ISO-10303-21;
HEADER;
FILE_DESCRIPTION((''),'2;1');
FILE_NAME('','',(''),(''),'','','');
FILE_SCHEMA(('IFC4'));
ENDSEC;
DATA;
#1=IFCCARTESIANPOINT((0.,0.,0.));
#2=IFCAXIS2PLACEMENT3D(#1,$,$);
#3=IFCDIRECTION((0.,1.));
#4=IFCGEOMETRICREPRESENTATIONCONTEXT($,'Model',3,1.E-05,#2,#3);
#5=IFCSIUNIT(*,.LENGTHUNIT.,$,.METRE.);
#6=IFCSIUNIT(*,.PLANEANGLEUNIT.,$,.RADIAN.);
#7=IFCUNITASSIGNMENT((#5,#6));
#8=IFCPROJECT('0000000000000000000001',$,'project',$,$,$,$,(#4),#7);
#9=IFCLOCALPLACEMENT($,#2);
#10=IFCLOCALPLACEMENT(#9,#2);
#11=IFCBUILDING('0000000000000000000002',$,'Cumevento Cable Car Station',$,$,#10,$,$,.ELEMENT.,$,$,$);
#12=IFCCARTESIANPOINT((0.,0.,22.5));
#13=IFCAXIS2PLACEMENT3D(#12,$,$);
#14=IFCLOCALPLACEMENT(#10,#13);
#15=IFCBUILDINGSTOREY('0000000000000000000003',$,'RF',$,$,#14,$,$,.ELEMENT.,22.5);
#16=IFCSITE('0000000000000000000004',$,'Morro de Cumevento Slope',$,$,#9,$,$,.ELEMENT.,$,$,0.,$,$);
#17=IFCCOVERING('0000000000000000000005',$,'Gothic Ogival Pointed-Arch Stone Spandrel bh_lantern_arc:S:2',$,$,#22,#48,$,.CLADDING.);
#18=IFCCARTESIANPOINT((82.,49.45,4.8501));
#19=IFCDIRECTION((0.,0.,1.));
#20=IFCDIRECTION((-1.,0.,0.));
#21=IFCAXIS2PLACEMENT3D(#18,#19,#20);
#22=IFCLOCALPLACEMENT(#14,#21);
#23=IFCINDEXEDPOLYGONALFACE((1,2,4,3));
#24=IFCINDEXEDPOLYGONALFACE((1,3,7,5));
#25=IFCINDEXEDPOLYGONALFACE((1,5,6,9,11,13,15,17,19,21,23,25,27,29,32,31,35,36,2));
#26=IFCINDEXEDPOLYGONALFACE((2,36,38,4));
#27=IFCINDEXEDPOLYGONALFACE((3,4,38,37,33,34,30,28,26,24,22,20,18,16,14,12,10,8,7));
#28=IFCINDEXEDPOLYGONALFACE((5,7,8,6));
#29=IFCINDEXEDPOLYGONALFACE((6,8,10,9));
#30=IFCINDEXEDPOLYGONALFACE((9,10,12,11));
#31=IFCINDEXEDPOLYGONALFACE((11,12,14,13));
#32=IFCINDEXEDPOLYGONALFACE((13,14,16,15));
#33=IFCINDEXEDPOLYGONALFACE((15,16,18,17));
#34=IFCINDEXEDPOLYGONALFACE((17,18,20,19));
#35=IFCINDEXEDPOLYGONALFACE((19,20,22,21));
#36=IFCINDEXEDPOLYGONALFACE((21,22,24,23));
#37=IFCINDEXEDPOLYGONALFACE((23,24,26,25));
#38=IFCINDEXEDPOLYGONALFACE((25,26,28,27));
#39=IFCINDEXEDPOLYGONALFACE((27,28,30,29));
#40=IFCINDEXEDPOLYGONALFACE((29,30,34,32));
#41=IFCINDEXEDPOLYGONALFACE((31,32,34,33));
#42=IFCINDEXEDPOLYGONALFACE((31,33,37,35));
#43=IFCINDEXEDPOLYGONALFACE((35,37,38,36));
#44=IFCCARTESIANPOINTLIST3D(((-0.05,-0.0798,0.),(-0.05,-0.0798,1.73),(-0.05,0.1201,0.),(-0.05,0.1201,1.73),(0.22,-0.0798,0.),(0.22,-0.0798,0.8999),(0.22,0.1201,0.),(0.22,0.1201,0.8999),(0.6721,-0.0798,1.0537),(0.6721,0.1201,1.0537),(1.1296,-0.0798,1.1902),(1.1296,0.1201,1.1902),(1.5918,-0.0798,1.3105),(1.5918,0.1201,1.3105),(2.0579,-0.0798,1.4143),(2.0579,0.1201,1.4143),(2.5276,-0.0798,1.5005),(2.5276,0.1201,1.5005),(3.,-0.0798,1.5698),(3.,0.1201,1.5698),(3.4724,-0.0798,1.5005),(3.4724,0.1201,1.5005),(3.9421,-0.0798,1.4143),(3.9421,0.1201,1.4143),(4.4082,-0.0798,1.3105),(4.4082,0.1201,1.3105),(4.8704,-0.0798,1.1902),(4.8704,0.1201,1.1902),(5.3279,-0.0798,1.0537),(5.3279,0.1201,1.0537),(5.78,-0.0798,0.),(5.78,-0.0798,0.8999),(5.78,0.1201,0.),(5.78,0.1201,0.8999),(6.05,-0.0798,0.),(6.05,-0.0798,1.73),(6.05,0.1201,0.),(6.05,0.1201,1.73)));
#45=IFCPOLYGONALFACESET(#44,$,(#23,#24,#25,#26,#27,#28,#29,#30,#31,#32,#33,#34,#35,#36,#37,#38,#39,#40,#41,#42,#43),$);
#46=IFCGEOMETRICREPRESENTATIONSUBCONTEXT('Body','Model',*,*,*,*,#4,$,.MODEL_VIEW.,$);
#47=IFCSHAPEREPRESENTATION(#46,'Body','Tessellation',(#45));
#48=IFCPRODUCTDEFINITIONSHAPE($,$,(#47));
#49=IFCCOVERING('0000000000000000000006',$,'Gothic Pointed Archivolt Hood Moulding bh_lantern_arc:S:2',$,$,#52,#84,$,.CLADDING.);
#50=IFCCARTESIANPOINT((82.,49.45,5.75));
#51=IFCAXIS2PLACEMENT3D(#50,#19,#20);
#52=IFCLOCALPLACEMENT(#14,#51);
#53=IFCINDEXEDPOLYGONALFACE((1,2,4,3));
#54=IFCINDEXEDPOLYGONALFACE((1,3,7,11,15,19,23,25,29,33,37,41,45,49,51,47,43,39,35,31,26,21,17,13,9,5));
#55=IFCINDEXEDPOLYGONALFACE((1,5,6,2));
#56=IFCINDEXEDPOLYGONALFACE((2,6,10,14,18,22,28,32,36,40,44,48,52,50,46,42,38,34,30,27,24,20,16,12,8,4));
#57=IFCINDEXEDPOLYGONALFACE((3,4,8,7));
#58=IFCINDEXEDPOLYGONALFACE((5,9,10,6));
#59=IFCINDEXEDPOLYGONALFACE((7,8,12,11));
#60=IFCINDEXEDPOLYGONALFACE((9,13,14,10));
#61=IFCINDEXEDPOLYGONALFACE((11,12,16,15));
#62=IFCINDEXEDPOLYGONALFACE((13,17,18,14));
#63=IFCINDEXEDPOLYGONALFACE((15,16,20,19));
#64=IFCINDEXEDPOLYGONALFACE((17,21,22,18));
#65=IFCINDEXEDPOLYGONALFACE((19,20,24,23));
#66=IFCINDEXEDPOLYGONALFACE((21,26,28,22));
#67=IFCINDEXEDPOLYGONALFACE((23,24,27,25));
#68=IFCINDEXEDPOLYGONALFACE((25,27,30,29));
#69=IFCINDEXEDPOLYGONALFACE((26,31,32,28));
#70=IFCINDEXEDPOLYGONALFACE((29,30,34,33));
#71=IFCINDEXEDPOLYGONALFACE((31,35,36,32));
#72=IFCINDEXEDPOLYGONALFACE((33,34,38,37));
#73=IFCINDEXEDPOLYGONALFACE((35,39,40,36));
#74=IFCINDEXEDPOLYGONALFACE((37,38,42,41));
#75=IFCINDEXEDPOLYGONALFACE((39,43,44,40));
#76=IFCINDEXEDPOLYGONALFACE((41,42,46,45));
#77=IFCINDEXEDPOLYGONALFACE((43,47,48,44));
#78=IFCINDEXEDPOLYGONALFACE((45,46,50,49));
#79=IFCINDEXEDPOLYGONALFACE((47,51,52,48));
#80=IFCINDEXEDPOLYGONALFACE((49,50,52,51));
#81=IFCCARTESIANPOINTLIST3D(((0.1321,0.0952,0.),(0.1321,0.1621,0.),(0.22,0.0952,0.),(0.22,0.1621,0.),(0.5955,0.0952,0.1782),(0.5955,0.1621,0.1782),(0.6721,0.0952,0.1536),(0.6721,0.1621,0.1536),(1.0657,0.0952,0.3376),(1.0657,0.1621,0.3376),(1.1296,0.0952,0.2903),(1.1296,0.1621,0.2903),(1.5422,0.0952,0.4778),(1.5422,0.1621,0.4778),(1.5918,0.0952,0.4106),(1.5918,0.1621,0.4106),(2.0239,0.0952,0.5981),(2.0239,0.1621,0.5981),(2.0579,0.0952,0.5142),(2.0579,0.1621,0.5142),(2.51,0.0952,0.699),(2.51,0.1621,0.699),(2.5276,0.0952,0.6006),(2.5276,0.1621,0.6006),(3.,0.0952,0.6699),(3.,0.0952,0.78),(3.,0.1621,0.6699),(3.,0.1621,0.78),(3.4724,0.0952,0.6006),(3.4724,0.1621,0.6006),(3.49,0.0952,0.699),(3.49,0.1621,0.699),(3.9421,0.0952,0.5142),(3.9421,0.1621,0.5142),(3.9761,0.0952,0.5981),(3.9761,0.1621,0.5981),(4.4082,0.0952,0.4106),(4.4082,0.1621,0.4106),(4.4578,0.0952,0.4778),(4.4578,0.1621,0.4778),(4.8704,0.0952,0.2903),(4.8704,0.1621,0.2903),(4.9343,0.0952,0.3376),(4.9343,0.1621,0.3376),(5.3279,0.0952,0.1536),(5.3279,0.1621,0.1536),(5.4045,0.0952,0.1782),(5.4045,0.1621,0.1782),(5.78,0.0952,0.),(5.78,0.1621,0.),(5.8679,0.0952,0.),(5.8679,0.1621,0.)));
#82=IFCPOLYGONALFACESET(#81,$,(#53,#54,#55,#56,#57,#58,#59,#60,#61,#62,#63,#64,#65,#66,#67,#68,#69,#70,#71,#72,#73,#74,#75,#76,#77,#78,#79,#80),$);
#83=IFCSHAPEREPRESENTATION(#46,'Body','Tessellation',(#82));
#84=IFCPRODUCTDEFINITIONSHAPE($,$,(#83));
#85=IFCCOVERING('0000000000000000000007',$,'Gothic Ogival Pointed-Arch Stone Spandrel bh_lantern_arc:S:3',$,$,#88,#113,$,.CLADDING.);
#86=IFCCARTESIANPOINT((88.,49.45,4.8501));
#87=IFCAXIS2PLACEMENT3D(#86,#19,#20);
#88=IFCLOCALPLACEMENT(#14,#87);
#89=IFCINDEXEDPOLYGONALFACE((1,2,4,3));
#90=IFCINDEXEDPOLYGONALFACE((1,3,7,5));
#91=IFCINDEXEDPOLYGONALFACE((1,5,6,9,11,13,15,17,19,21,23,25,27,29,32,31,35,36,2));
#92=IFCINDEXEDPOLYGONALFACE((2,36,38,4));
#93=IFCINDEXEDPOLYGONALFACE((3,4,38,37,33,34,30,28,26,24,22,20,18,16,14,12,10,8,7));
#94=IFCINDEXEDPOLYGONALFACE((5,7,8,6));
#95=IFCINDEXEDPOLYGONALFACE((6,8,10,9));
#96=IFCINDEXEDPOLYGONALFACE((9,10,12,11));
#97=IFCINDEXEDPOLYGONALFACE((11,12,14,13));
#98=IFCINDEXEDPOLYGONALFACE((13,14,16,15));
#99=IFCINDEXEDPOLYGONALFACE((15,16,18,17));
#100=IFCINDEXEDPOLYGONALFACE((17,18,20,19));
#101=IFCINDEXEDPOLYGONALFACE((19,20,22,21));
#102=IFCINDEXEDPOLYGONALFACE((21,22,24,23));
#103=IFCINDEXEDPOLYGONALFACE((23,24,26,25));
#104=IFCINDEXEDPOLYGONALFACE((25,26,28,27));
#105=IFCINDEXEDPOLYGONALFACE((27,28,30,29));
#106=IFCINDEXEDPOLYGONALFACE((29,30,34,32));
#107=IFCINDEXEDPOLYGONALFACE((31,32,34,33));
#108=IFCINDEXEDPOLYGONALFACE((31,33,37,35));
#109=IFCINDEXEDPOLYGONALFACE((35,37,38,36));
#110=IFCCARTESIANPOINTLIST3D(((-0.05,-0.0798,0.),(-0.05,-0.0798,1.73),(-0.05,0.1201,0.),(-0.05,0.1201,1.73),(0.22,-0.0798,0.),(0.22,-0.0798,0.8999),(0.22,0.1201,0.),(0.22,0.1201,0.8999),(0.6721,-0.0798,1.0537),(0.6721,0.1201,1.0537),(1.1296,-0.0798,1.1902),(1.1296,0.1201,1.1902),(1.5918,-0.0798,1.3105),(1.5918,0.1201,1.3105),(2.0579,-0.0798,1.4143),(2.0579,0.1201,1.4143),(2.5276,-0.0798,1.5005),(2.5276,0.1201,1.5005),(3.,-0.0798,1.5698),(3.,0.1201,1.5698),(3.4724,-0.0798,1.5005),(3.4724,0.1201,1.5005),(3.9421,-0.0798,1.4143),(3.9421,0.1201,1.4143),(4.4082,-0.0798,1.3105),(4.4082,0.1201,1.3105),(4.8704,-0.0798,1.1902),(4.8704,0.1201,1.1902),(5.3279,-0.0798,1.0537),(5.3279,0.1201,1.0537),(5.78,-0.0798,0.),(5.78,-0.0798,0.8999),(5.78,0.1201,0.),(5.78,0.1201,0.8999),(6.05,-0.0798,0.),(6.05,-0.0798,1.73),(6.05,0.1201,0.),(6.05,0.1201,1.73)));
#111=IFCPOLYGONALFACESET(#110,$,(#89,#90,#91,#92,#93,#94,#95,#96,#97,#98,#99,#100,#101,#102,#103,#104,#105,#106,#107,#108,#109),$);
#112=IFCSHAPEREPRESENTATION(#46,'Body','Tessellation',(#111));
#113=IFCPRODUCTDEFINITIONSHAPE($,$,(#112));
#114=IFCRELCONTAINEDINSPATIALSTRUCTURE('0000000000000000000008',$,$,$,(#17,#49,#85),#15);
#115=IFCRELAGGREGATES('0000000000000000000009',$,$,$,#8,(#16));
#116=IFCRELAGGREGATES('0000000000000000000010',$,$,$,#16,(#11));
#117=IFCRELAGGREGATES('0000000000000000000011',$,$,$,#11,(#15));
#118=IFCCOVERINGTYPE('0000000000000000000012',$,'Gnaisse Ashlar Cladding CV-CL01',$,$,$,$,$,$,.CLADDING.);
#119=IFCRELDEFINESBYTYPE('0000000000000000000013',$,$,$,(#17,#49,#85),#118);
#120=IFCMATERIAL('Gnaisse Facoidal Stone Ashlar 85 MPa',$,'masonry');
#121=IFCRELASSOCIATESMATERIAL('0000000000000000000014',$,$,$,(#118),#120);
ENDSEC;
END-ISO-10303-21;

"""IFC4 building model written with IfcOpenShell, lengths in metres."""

from ifc_helpers import new_model, si_unit, direction, frame, origin, place, context, subcontext, project, spatial, polyline, outline, extrude, material, type_object, element, save


model = new_model("IFC4")

# Units and contexts
model_context = context("Model", 3, precision=1e-05, world=origin(), true_north=direction((0.0, 1.0)))
body_context = subcontext(model_context, "Body", "Model", "MODEL_VIEW")
ifc_project = project(units=[si_unit("LENGTHUNIT", "METRE"), si_unit("PLANEANGLEUNIT", "RADIAN")], contexts=[model_context])

# Site, building, storey
site_placement = place(None, origin())
site = spatial("IfcSite", under=ifc_project, at=site_placement, Name="Morro de Cumevento Slope", CompositionType="ELEMENT", RefElevation=0.0)
building_placement = place(site_placement, origin())
building = spatial("IfcBuilding", under=site, at=building_placement, Name="Cumevento Cable Car Station", CompositionType="ELEMENT")
storey_placement = place(building_placement, frame((0.0, 0.0, 22.5)))
storey = spatial("IfcBuildingStorey", under=building, at=storey_placement, Name="RF", CompositionType="ELEMENT", Elevation=22.5)

# Coverings
ifc_material_1 = material(Name="Gnaisse Facoidal Stone Ashlar 85 MPa", Category="masonry")
covering_type_1 = type_object("IfcCoveringType", Name="Gnaisse Ashlar Cladding CV-CL01", PredefinedType="CLADDING", material=ifc_material_1)
covering_1_placement = place(storey_placement, frame((82.0, 49.45, 4.8501), z_axis=(0.0, 0.0, 1.0), x_axis=(-1.0, 0.0, 0.0)))
element("IfcCovering", 1, at=covering_1_placement, inside=storey, type_object=covering_type_1, Name="Gothic Ogival Pointed-Arch Stone Spandrel bh_lantern_arc:S:2", PredefinedType="CLADDING", context=body_context, shape_type="SweptSolid", body=[
    extrude(outline(polyline([(-0.05, 0.0), (-0.05, 1.73), (6.05, 1.73), (6.05, 0.0), (5.78, 0.0), (5.78, 0.8999), (5.3279, 1.0537), (4.8704, 1.1902), (4.4082, 1.3105), (3.9421, 1.4143), (3.4724, 1.5005), (3.0, 1.5698), (2.5276, 1.5005), (2.0579, 1.4143), (1.5918, 1.3105), (1.1296, 1.1902), (0.6721, 1.0537), (0.22, 0.8999), (0.22, 0.0), (-0.05, 0.0)])), frame((0.0, 0.1201, 0.0), z_axis=(0.0, -1.0, 0.0), x_axis=(1.0, 0.0, 0.0)), (0.0, 0.0, 1.0), 0.2),
])
covering_2_placement = place(storey_placement, frame((82.0, 49.45, 5.75), z_axis=(0.0, 0.0, 1.0), x_axis=(-1.0, 0.0, 0.0)))
element("IfcCovering", 2, at=covering_2_placement, inside=storey, type_object=covering_type_1, Name="Gothic Pointed Archivolt Hood Moulding bh_lantern_arc:S:2", PredefinedType="CLADDING", context=body_context, shape_type="SweptSolid", body=[
    extrude(outline(polyline([(0.22, 0.0), (0.6721, 0.1536), (1.1296, 0.2903), (1.5918, 0.4106), (2.0579, 0.5142), (2.5276, 0.6006), (3.0, 0.6699), (3.4724, 0.6006), (3.9421, 0.5142), (4.4082, 0.4106), (4.8704, 0.2903), (5.3279, 0.1536), (5.78, 0.0), (5.8679, 0.0), (5.4045, 0.1782), (4.9343, 0.3376), (4.4578, 0.4778), (3.9761, 0.5981), (3.49, 0.699), (3.0, 0.78), (2.51, 0.699), (2.0239, 0.5981), (1.5422, 0.4778), (1.0657, 0.3376), (0.5955, 0.1782), (0.1321, 0.0), (0.22, 0.0)])), frame((0.0, 0.1621, 0.0), z_axis=(0.0, -1.0, 0.0), x_axis=(1.0, 0.0, 0.0)), (0.0, 0.0, 1.0), 0.0669),
])
covering_3_placement = place(storey_placement, frame((88.0, 49.45, 4.8501), z_axis=(0.0, 0.0, 1.0), x_axis=(-1.0, 0.0, 0.0)))
element("IfcCovering", 3, at=covering_3_placement, inside=storey, type_object=covering_type_1, Name="Gothic Ogival Pointed-Arch Stone Spandrel bh_lantern_arc:S:3", PredefinedType="CLADDING", context=body_context, shape_type="SweptSolid", body=[
    extrude(outline(polyline([(-0.05, 0.0), (-0.05, 1.73), (6.05, 1.73), (6.05, 0.0), (5.78, 0.0), (5.78, 0.8999), (5.3279, 1.0537), (4.8704, 1.1902), (4.4082, 1.3105), (3.9421, 1.4143), (3.4724, 1.5005), (3.0, 1.5698), (2.5276, 1.5005), (2.0579, 1.4143), (1.5918, 1.3105), (1.1296, 1.1902), (0.6721, 1.0537), (0.22, 0.8999), (0.22, 0.0), (-0.05, 0.0)])), frame((0.0, 0.1201, 0.0), z_axis=(0.0, -1.0, 0.0), x_axis=(1.0, 0.0, 0.0)), (0.0, 0.0, 1.0), 0.2),
])

save(model, "model.ifc")
